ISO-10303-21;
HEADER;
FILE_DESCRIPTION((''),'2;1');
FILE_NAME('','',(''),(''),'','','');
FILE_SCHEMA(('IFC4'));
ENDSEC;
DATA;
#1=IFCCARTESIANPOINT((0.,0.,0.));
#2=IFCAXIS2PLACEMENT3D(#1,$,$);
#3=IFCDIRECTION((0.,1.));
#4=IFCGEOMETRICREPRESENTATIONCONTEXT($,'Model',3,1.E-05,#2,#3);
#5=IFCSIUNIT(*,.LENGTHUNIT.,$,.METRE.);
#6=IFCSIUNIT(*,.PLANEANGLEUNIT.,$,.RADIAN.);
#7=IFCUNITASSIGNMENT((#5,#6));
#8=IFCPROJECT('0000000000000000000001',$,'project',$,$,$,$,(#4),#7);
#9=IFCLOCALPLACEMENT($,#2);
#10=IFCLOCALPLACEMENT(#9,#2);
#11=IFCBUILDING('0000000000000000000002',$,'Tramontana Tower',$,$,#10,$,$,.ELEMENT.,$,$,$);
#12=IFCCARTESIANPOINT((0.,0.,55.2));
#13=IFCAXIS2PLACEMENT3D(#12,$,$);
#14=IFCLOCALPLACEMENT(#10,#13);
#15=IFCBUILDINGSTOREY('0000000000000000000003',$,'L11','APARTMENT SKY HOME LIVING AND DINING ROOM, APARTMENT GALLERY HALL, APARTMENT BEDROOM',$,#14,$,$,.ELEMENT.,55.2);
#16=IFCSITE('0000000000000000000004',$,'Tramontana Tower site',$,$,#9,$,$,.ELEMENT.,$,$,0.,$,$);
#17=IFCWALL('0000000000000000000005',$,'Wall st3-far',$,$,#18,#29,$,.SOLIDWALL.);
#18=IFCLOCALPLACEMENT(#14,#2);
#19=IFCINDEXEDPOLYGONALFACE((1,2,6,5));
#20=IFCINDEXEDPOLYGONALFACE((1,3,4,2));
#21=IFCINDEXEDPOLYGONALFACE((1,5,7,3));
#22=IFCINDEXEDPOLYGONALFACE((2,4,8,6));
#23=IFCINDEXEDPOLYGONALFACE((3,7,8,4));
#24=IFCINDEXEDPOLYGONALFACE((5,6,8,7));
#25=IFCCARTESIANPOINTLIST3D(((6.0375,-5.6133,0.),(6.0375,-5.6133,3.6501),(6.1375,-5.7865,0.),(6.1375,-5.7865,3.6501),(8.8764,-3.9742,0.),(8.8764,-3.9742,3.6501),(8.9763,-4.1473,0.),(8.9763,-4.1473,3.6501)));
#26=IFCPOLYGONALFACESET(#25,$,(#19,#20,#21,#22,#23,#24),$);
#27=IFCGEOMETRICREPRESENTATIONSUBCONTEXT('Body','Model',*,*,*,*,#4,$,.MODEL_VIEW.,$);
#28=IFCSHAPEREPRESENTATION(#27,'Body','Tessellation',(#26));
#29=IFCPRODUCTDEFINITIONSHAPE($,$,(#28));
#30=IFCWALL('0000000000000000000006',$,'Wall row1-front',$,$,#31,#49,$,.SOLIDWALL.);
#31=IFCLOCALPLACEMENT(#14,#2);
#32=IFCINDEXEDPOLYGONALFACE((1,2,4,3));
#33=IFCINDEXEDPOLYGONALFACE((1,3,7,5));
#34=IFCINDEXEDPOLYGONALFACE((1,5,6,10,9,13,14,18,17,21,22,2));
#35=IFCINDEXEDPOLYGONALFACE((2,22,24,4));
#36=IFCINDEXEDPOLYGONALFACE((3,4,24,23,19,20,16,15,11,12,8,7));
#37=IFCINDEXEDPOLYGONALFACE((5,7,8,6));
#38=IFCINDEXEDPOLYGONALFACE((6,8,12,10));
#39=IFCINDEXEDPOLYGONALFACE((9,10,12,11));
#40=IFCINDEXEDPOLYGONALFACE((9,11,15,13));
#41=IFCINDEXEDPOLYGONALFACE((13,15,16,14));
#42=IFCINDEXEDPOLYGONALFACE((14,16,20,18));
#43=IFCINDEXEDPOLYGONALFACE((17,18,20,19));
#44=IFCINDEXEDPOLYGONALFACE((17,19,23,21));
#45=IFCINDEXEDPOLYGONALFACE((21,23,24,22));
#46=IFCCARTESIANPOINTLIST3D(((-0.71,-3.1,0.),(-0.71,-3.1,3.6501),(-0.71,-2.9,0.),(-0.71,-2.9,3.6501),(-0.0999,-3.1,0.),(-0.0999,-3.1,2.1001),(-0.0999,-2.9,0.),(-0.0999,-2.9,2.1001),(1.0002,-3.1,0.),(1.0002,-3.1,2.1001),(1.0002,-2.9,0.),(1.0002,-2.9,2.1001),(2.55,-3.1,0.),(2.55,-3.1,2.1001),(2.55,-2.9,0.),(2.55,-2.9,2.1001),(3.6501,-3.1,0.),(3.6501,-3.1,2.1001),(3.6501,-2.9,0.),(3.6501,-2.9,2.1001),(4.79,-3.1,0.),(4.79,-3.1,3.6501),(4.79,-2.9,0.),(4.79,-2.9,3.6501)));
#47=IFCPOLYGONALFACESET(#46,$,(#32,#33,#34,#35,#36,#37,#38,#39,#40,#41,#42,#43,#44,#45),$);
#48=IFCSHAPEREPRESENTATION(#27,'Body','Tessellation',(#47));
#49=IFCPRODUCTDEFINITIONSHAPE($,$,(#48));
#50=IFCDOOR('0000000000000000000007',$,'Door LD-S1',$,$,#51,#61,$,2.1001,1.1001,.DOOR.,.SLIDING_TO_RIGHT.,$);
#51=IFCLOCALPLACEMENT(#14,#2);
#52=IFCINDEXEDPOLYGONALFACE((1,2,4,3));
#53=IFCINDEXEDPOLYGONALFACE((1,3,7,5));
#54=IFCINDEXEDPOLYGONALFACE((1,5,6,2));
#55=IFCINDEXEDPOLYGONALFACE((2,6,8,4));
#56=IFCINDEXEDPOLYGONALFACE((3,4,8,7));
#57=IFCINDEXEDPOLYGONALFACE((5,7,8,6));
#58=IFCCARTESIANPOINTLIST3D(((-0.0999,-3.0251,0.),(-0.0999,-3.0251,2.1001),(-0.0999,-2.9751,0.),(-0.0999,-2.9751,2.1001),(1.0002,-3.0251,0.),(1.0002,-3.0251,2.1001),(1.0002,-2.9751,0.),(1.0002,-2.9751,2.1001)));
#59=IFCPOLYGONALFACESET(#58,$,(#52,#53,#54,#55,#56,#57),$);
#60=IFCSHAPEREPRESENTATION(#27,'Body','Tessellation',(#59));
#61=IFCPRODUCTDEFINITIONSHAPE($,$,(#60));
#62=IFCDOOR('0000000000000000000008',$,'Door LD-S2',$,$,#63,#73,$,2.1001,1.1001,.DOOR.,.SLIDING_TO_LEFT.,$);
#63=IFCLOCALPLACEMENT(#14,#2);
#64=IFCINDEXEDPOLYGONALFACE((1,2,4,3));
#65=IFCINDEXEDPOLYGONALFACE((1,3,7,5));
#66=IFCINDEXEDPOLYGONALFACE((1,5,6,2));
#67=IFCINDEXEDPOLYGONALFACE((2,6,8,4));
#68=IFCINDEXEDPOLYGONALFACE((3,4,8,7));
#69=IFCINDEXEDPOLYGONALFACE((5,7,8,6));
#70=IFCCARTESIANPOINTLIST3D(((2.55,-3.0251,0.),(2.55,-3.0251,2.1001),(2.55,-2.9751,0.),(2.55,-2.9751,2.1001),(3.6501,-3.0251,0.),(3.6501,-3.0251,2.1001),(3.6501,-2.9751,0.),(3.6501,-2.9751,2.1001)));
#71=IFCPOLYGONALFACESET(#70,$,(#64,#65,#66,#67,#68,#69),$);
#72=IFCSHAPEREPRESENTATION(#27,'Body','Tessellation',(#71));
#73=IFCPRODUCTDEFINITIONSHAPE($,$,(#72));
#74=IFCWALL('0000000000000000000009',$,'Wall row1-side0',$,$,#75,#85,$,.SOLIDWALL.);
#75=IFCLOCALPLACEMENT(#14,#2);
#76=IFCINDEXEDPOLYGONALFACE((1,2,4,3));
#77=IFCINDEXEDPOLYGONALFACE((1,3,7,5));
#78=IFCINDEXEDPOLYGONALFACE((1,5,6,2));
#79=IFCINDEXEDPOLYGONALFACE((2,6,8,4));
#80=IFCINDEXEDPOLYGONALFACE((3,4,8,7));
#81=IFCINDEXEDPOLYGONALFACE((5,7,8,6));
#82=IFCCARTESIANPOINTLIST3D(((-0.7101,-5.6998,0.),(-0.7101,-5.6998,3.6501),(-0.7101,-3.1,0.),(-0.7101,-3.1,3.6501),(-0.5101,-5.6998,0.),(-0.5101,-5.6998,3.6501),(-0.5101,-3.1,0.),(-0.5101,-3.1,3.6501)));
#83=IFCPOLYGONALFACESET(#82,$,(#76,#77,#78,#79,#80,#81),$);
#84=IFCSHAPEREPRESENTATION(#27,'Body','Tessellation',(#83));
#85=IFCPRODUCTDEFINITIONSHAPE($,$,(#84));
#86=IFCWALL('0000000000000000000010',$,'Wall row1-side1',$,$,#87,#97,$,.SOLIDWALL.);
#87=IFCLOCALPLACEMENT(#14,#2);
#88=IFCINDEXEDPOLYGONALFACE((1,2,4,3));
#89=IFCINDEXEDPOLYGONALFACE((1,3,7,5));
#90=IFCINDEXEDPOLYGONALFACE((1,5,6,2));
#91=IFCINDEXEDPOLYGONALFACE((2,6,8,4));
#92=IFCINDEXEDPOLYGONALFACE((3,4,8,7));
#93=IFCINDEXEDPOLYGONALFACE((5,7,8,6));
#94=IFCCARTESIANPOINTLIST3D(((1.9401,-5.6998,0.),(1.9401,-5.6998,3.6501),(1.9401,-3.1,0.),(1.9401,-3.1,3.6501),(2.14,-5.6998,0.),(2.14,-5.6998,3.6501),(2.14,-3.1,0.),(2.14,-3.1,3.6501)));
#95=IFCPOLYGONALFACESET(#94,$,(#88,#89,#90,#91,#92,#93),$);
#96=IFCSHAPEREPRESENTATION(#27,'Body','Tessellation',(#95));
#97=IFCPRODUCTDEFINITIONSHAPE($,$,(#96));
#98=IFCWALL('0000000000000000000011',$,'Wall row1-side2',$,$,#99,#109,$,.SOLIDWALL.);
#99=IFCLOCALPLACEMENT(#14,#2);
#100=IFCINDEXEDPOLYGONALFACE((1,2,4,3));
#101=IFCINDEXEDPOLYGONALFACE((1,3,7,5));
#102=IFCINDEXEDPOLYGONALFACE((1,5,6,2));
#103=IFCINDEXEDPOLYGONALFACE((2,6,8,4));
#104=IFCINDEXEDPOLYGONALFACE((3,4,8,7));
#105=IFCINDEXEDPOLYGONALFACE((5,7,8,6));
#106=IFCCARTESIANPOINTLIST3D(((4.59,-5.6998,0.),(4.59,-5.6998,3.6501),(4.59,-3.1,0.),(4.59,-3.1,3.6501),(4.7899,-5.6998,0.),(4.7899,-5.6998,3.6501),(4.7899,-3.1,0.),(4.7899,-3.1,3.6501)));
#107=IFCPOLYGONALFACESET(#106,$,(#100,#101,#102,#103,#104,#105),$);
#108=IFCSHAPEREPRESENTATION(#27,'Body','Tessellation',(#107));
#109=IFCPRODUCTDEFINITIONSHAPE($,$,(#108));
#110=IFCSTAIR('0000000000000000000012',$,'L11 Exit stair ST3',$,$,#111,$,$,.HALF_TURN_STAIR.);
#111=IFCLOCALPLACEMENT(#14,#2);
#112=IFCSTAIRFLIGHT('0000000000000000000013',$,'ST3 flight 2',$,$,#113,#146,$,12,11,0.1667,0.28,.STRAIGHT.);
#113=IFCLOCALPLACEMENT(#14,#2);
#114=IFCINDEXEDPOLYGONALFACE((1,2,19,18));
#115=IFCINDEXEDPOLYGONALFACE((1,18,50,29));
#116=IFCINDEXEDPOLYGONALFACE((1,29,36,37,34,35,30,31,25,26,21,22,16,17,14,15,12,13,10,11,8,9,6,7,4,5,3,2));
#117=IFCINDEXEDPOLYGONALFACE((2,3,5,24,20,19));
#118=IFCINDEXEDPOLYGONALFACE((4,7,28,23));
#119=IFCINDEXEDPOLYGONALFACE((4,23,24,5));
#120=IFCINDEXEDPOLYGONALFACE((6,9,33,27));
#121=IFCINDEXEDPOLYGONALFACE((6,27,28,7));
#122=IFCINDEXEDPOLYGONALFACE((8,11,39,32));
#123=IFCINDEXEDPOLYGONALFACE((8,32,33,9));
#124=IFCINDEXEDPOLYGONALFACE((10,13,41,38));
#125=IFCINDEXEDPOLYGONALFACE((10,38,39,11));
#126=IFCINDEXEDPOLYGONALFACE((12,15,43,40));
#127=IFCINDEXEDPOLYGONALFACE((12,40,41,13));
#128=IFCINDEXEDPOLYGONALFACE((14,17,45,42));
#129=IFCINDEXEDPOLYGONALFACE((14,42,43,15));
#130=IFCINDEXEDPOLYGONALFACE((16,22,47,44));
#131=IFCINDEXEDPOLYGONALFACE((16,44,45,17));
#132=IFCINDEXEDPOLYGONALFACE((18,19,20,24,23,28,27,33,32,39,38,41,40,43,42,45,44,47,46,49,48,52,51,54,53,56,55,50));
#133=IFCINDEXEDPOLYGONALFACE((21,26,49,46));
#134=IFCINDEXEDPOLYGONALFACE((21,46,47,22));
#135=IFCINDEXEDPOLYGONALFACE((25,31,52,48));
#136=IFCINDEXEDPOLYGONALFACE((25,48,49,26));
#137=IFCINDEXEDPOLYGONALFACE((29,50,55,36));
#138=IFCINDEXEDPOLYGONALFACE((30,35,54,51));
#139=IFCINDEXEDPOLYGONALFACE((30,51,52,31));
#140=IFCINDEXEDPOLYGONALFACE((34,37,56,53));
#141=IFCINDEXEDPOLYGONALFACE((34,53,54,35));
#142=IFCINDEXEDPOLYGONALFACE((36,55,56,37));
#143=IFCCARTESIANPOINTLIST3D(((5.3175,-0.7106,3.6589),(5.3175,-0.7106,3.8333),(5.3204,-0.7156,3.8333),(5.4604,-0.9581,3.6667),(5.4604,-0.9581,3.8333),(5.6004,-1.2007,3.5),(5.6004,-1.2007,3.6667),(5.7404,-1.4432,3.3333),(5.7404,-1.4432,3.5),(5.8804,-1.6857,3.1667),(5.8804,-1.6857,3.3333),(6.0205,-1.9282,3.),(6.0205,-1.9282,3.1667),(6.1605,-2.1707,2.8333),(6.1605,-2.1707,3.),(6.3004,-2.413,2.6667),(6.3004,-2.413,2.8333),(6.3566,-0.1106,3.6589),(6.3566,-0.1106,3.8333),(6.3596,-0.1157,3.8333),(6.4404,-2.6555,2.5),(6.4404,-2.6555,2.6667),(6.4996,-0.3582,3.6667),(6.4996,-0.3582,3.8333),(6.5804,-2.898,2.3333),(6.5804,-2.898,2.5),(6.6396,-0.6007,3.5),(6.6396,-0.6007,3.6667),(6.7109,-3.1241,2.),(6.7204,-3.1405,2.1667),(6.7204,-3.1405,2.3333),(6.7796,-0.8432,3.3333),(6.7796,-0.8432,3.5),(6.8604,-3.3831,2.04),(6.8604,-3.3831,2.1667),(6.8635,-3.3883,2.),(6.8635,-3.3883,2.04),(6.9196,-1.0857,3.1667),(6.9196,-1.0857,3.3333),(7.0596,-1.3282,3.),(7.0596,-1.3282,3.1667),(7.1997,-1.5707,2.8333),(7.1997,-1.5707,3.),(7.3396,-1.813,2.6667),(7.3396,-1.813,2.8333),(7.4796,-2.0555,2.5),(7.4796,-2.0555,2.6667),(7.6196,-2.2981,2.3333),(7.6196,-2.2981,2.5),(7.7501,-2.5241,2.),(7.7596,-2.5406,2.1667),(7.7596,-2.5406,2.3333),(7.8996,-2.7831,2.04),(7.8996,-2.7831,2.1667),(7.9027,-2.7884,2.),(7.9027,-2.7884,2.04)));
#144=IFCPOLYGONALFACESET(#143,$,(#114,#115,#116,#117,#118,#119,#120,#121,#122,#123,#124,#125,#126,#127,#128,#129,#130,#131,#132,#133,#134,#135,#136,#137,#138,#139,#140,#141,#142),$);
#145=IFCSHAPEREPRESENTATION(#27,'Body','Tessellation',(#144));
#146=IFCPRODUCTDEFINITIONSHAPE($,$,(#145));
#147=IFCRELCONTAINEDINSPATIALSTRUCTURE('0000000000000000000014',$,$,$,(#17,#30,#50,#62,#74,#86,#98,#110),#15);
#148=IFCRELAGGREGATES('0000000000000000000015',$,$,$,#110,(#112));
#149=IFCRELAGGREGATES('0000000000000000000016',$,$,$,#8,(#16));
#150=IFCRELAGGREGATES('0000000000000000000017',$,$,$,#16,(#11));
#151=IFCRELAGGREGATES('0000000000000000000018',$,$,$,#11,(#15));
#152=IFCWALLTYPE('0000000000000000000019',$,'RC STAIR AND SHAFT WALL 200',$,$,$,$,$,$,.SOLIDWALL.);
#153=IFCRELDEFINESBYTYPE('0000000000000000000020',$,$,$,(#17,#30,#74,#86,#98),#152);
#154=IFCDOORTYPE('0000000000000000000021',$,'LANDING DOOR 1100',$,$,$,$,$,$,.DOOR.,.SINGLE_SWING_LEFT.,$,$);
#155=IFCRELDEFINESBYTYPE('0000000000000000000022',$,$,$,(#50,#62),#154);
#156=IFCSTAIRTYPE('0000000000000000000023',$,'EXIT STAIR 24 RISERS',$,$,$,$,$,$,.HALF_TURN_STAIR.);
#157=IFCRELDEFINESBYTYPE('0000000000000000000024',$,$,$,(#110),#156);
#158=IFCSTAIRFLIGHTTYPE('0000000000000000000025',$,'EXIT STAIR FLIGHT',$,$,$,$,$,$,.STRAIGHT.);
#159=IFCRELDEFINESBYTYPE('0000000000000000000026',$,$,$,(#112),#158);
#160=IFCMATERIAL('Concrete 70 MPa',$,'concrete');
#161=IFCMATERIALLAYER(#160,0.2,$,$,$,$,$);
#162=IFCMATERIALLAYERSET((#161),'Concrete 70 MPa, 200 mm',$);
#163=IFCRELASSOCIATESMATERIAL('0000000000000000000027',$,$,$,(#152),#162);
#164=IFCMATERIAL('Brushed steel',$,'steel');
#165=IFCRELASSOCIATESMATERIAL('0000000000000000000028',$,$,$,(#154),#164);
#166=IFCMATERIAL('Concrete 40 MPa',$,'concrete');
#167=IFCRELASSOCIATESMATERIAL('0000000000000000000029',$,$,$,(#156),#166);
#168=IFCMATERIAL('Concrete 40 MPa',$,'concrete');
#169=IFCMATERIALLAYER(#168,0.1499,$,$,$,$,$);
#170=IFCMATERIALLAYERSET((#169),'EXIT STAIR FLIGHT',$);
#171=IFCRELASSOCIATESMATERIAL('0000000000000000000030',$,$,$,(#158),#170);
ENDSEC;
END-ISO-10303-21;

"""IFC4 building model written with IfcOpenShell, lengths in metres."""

from ifc_helpers import new_model, si_unit, direction, frame, frame_2d, origin, place, context, subcontext, project, spatial, polyline, rectangle, outline, extrude, material, layer, layer_set, type_object, element, fill, aggregate, save


model = new_model("IFC4")

# Units and contexts
model_context = context("Model", 3, precision=1e-05, world=origin(), true_north=direction((0.0, 1.0)))
body_context = subcontext(model_context, "Body", "Model", "MODEL_VIEW")
ifc_project = project(units=[si_unit("LENGTHUNIT", "METRE"), si_unit("PLANEANGLEUNIT", "RADIAN")], contexts=[model_context])

# Site, building, storey
site_placement = place(None, origin())
site = spatial("IfcSite", under=ifc_project, at=site_placement, Name="Tramontana Tower site", CompositionType="ELEMENT", RefElevation=0.0)
building_placement = place(site_placement, origin())
building = spatial("IfcBuilding", under=site, at=building_placement, Name="Tramontana Tower", CompositionType="ELEMENT")
storey_placement = place(building_placement, frame((0.0, 0.0, 55.2)))
storey = spatial("IfcBuildingStorey", under=building, at=storey_placement, Name="L11", Description="APARTMENT SKY HOME LIVING AND DINING ROOM, APARTMENT GALLERY HALL, APARTMENT BEDROOM", CompositionType="ELEMENT", Elevation=55.2)

# Wall
ifc_material_1 = material(Name="Concrete 70 MPa", Category="concrete")
ifc_layer_1 = layer(ifc_material_1, 0.2)
ifc_layer_set_1 = layer_set([ifc_layer_1], Name="Concrete 70 MPa, 200 mm")
wall_type_1 = type_object("IfcWallType", Name="RC STAIR AND SHAFT WALL 200", PredefinedType="SOLIDWALL", material=ifc_layer_set_1)
wall_1_placement = place(storey_placement, frame((6.0874, -5.7, 0.0), z_axis=(0.0, 0.0, 1.0), x_axis=(0.866007, 0.500032, 0.0)))
element("IfcWall", 1, at=wall_1_placement, inside=storey, type_object=wall_type_1, Name="Wall st3-far", PredefinedType="SOLIDWALL", context=body_context, shape_type="SweptSolid", body=[
    extrude(rectangle(XDim=3.2781, YDim=0.2, at=frame_2d((1.6392, 0.0))), origin(), (0.0, 0.0, 1.0), 3.6501),
])

# Wall, openings, doors
wall_2_placement = place(storey_placement, frame((-0.71, -3.0, 0.0), z_axis=(0.0, 0.0, 1.0), x_axis=(1.0, 0.0, 0.0)))
wall_2 = element("IfcWall", 2, at=wall_2_placement, inside=storey, type_object=wall_type_1, Name="Wall row1-front", PredefinedType="SOLIDWALL", context=body_context, shape_type="SweptSolid", body=[
    extrude(rectangle(XDim=5.5, YDim=0.2, at=frame_2d((2.75, 0.0))), origin(), (0.0, 0.0, 1.0), 3.6501),
])
opening_1_placement = place(wall_2_placement, frame((0.6101, 0.0, 0.0)))
opening_1 = element("IfcOpeningElement", 3, at=opening_1_placement, cuts=wall_2, PredefinedType="OPENING", context=body_context, shape_type="SweptSolid", body=[
    extrude(rectangle(XDim=1.1001, YDim=2.1001, at=frame_2d((0.55, 1.05))), frame((0.0, 0.1099, 0.0), z_axis=(0.0, -1.0, 0.0), x_axis=(1.0, 0.0, 0.0)), (0.0, 0.0, 1.0), 0.22),
])
opening_2_placement = place(wall_2_placement, frame((3.26, 0.0, 0.0)))
opening_2 = element("IfcOpeningElement", 4, at=opening_2_placement, cuts=wall_2, PredefinedType="OPENING", context=body_context, shape_type="SweptSolid", body=[
    extrude(rectangle(XDim=1.1001, YDim=2.1001, at=frame_2d((0.55, 1.05))), frame((0.0, 0.1099, 0.0), z_axis=(0.0, -1.0, 0.0), x_axis=(1.0, 0.0, 0.0)), (0.0, 0.0, 1.0), 0.22),
])
ifc_material_2 = material(Name="Brushed steel", Category="steel")
door_type_1 = type_object("IfcDoorType", Name="LANDING DOOR 1100", OperationType="SINGLE_SWING_LEFT", PredefinedType="DOOR", material=ifc_material_2)
door_1_placement = place(opening_1_placement, origin())
door_1 = element("IfcDoor", 5, at=door_1_placement, inside=storey, type_object=door_type_1, Name="Door LD-S1", OperationType="SLIDING_TO_RIGHT", OverallHeight=2.1001, OverallWidth=1.1001, PredefinedType="DOOR", context=body_context, shape_type="SweptSolid", body=[
    extrude(rectangle(XDim=1.1001, YDim=2.1001, at=frame_2d((0.55, 1.05))), frame((0.0, 0.0249, 0.0), z_axis=(0.0, -1.0, 0.0), x_axis=(1.0, 0.0, 0.0)), (0.0, 0.0, 1.0), 0.05),
])
fill(opening_1, door_1)
door_2_placement = place(opening_2_placement, origin())
door_2 = element("IfcDoor", 6, at=door_2_placement, inside=storey, type_object=door_type_1, Name="Door LD-S2", OperationType="SLIDING_TO_LEFT", OverallHeight=2.1001, OverallWidth=1.1001, PredefinedType="DOOR", context=body_context, shape_type="SweptSolid", body=[
    extrude(rectangle(XDim=1.1001, YDim=2.1001, at=frame_2d((0.55, 1.05))), frame((0.0, 0.0249, 0.0), z_axis=(0.0, -1.0, 0.0), x_axis=(1.0, 0.0, 0.0)), (0.0, 0.0, 1.0), 0.05),
])
fill(opening_2, door_2)

# Walls
for number, where, z_axis, x_axis, name in (
    (7, (-0.6101, -3.1001, 0.0), (0.0, 0.0, 1.0), (0.0, -1.0, 0.0), "Wall row1-side0"),
    (8, (2.04, -3.1001, 0.0), (0.0, 0.0, 1.0), (0.0, -1.0, 0.0), "Wall row1-side1"),
    (9, (4.6899, -3.1001, 0.0), (0.0, 0.0, 1.0), (0.0, -1.0, 0.0), "Wall row1-side2"),
):
    element("IfcWall", number, at=place(storey_placement, frame(where, z_axis=z_axis, x_axis=x_axis)), inside=storey, type_object=wall_type_1, Name=name, PredefinedType="SOLIDWALL", context=body_context, shape_type="SweptSolid", body=[
        extrude(rectangle(XDim=2.5999, YDim=0.2, at=frame_2d((1.2998, 0.0))), origin(), (0.0, 0.0, 1.0), 3.6501),
    ])

# Stair, stair flight
ifc_material_3 = material(Name="Concrete 40 MPa", Category="concrete")
stair_type = type_object("IfcStairType", Name="EXIT STAIR 24 RISERS", PredefinedType="HALF_TURN_STAIR", material=ifc_material_3)
stair_placement = place(storey_placement, origin())
stair = element("IfcStair", 10, at=stair_placement, inside=storey, type_object=stair_type, Name="L11 Exit stair ST3", PredefinedType="HALF_TURN_STAIR")
ifc_material_4 = material(Name="Concrete 40 MPa", Category="concrete")
ifc_layer_2 = layer(ifc_material_4, 0.1499)
ifc_layer_set_2 = layer_set([ifc_layer_2], Name="EXIT STAIR FLIGHT")
stair_flight_type = type_object("IfcStairFlightType", Name="EXIT STAIR FLIGHT", PredefinedType="STRAIGHT", material=ifc_layer_set_2)
stair_flight_placement = place(storey_placement, frame((7.3801, -3.083, 2.0), z_axis=(0.0, 0.0, 1.0), x_axis=(-0.5, 0.866025, 0.0)))
stair_flight = element("IfcStairFlight", 11, at=stair_flight_placement, type_object=stair_flight_type, Name="ST3 flight 2", NumberOfRisers=12, NumberOfTreads=11, PredefinedType="STRAIGHT", RiserHeight=0.1667, TreadLength=0.28, context=body_context, shape_type="SweptSolid", body=[
    extrude(outline(polyline([(-0.0061, 0.0), (-0.0061, 0.04), (0.0, 0.04), (0.0, 0.1667), (0.28, 0.1667), (0.28, 0.3333), (0.5601, 0.3333), (0.5601, 0.5), (0.8401, 0.5), (0.8401, 0.6667), (1.1201, 0.6667), (1.1201, 0.8333), (1.3999, 0.8333), (1.3999, 1.0), (1.6799, 1.0), (1.6799, 1.1667), (1.96, 1.1667), (1.96, 1.3333), (2.24, 1.3333), (2.24, 1.5), (2.52, 1.5), (2.52, 1.6667), (2.8, 1.6667), (2.8, 1.8333), (3.0801, 1.8333), (3.0859, 1.8333), (3.0859, 1.6589), (0.2991, 0.0), (-0.0061, 0.0)])), frame((0.0, 0.6001, 0.0), z_axis=(0.0, -1.0, 0.0), x_axis=(1.0, 0.0, 0.0)), (0.0, 0.0, 1.0), 1.2),
])
aggregate(stair, [stair_flight])

save(model, "model.ifc")
